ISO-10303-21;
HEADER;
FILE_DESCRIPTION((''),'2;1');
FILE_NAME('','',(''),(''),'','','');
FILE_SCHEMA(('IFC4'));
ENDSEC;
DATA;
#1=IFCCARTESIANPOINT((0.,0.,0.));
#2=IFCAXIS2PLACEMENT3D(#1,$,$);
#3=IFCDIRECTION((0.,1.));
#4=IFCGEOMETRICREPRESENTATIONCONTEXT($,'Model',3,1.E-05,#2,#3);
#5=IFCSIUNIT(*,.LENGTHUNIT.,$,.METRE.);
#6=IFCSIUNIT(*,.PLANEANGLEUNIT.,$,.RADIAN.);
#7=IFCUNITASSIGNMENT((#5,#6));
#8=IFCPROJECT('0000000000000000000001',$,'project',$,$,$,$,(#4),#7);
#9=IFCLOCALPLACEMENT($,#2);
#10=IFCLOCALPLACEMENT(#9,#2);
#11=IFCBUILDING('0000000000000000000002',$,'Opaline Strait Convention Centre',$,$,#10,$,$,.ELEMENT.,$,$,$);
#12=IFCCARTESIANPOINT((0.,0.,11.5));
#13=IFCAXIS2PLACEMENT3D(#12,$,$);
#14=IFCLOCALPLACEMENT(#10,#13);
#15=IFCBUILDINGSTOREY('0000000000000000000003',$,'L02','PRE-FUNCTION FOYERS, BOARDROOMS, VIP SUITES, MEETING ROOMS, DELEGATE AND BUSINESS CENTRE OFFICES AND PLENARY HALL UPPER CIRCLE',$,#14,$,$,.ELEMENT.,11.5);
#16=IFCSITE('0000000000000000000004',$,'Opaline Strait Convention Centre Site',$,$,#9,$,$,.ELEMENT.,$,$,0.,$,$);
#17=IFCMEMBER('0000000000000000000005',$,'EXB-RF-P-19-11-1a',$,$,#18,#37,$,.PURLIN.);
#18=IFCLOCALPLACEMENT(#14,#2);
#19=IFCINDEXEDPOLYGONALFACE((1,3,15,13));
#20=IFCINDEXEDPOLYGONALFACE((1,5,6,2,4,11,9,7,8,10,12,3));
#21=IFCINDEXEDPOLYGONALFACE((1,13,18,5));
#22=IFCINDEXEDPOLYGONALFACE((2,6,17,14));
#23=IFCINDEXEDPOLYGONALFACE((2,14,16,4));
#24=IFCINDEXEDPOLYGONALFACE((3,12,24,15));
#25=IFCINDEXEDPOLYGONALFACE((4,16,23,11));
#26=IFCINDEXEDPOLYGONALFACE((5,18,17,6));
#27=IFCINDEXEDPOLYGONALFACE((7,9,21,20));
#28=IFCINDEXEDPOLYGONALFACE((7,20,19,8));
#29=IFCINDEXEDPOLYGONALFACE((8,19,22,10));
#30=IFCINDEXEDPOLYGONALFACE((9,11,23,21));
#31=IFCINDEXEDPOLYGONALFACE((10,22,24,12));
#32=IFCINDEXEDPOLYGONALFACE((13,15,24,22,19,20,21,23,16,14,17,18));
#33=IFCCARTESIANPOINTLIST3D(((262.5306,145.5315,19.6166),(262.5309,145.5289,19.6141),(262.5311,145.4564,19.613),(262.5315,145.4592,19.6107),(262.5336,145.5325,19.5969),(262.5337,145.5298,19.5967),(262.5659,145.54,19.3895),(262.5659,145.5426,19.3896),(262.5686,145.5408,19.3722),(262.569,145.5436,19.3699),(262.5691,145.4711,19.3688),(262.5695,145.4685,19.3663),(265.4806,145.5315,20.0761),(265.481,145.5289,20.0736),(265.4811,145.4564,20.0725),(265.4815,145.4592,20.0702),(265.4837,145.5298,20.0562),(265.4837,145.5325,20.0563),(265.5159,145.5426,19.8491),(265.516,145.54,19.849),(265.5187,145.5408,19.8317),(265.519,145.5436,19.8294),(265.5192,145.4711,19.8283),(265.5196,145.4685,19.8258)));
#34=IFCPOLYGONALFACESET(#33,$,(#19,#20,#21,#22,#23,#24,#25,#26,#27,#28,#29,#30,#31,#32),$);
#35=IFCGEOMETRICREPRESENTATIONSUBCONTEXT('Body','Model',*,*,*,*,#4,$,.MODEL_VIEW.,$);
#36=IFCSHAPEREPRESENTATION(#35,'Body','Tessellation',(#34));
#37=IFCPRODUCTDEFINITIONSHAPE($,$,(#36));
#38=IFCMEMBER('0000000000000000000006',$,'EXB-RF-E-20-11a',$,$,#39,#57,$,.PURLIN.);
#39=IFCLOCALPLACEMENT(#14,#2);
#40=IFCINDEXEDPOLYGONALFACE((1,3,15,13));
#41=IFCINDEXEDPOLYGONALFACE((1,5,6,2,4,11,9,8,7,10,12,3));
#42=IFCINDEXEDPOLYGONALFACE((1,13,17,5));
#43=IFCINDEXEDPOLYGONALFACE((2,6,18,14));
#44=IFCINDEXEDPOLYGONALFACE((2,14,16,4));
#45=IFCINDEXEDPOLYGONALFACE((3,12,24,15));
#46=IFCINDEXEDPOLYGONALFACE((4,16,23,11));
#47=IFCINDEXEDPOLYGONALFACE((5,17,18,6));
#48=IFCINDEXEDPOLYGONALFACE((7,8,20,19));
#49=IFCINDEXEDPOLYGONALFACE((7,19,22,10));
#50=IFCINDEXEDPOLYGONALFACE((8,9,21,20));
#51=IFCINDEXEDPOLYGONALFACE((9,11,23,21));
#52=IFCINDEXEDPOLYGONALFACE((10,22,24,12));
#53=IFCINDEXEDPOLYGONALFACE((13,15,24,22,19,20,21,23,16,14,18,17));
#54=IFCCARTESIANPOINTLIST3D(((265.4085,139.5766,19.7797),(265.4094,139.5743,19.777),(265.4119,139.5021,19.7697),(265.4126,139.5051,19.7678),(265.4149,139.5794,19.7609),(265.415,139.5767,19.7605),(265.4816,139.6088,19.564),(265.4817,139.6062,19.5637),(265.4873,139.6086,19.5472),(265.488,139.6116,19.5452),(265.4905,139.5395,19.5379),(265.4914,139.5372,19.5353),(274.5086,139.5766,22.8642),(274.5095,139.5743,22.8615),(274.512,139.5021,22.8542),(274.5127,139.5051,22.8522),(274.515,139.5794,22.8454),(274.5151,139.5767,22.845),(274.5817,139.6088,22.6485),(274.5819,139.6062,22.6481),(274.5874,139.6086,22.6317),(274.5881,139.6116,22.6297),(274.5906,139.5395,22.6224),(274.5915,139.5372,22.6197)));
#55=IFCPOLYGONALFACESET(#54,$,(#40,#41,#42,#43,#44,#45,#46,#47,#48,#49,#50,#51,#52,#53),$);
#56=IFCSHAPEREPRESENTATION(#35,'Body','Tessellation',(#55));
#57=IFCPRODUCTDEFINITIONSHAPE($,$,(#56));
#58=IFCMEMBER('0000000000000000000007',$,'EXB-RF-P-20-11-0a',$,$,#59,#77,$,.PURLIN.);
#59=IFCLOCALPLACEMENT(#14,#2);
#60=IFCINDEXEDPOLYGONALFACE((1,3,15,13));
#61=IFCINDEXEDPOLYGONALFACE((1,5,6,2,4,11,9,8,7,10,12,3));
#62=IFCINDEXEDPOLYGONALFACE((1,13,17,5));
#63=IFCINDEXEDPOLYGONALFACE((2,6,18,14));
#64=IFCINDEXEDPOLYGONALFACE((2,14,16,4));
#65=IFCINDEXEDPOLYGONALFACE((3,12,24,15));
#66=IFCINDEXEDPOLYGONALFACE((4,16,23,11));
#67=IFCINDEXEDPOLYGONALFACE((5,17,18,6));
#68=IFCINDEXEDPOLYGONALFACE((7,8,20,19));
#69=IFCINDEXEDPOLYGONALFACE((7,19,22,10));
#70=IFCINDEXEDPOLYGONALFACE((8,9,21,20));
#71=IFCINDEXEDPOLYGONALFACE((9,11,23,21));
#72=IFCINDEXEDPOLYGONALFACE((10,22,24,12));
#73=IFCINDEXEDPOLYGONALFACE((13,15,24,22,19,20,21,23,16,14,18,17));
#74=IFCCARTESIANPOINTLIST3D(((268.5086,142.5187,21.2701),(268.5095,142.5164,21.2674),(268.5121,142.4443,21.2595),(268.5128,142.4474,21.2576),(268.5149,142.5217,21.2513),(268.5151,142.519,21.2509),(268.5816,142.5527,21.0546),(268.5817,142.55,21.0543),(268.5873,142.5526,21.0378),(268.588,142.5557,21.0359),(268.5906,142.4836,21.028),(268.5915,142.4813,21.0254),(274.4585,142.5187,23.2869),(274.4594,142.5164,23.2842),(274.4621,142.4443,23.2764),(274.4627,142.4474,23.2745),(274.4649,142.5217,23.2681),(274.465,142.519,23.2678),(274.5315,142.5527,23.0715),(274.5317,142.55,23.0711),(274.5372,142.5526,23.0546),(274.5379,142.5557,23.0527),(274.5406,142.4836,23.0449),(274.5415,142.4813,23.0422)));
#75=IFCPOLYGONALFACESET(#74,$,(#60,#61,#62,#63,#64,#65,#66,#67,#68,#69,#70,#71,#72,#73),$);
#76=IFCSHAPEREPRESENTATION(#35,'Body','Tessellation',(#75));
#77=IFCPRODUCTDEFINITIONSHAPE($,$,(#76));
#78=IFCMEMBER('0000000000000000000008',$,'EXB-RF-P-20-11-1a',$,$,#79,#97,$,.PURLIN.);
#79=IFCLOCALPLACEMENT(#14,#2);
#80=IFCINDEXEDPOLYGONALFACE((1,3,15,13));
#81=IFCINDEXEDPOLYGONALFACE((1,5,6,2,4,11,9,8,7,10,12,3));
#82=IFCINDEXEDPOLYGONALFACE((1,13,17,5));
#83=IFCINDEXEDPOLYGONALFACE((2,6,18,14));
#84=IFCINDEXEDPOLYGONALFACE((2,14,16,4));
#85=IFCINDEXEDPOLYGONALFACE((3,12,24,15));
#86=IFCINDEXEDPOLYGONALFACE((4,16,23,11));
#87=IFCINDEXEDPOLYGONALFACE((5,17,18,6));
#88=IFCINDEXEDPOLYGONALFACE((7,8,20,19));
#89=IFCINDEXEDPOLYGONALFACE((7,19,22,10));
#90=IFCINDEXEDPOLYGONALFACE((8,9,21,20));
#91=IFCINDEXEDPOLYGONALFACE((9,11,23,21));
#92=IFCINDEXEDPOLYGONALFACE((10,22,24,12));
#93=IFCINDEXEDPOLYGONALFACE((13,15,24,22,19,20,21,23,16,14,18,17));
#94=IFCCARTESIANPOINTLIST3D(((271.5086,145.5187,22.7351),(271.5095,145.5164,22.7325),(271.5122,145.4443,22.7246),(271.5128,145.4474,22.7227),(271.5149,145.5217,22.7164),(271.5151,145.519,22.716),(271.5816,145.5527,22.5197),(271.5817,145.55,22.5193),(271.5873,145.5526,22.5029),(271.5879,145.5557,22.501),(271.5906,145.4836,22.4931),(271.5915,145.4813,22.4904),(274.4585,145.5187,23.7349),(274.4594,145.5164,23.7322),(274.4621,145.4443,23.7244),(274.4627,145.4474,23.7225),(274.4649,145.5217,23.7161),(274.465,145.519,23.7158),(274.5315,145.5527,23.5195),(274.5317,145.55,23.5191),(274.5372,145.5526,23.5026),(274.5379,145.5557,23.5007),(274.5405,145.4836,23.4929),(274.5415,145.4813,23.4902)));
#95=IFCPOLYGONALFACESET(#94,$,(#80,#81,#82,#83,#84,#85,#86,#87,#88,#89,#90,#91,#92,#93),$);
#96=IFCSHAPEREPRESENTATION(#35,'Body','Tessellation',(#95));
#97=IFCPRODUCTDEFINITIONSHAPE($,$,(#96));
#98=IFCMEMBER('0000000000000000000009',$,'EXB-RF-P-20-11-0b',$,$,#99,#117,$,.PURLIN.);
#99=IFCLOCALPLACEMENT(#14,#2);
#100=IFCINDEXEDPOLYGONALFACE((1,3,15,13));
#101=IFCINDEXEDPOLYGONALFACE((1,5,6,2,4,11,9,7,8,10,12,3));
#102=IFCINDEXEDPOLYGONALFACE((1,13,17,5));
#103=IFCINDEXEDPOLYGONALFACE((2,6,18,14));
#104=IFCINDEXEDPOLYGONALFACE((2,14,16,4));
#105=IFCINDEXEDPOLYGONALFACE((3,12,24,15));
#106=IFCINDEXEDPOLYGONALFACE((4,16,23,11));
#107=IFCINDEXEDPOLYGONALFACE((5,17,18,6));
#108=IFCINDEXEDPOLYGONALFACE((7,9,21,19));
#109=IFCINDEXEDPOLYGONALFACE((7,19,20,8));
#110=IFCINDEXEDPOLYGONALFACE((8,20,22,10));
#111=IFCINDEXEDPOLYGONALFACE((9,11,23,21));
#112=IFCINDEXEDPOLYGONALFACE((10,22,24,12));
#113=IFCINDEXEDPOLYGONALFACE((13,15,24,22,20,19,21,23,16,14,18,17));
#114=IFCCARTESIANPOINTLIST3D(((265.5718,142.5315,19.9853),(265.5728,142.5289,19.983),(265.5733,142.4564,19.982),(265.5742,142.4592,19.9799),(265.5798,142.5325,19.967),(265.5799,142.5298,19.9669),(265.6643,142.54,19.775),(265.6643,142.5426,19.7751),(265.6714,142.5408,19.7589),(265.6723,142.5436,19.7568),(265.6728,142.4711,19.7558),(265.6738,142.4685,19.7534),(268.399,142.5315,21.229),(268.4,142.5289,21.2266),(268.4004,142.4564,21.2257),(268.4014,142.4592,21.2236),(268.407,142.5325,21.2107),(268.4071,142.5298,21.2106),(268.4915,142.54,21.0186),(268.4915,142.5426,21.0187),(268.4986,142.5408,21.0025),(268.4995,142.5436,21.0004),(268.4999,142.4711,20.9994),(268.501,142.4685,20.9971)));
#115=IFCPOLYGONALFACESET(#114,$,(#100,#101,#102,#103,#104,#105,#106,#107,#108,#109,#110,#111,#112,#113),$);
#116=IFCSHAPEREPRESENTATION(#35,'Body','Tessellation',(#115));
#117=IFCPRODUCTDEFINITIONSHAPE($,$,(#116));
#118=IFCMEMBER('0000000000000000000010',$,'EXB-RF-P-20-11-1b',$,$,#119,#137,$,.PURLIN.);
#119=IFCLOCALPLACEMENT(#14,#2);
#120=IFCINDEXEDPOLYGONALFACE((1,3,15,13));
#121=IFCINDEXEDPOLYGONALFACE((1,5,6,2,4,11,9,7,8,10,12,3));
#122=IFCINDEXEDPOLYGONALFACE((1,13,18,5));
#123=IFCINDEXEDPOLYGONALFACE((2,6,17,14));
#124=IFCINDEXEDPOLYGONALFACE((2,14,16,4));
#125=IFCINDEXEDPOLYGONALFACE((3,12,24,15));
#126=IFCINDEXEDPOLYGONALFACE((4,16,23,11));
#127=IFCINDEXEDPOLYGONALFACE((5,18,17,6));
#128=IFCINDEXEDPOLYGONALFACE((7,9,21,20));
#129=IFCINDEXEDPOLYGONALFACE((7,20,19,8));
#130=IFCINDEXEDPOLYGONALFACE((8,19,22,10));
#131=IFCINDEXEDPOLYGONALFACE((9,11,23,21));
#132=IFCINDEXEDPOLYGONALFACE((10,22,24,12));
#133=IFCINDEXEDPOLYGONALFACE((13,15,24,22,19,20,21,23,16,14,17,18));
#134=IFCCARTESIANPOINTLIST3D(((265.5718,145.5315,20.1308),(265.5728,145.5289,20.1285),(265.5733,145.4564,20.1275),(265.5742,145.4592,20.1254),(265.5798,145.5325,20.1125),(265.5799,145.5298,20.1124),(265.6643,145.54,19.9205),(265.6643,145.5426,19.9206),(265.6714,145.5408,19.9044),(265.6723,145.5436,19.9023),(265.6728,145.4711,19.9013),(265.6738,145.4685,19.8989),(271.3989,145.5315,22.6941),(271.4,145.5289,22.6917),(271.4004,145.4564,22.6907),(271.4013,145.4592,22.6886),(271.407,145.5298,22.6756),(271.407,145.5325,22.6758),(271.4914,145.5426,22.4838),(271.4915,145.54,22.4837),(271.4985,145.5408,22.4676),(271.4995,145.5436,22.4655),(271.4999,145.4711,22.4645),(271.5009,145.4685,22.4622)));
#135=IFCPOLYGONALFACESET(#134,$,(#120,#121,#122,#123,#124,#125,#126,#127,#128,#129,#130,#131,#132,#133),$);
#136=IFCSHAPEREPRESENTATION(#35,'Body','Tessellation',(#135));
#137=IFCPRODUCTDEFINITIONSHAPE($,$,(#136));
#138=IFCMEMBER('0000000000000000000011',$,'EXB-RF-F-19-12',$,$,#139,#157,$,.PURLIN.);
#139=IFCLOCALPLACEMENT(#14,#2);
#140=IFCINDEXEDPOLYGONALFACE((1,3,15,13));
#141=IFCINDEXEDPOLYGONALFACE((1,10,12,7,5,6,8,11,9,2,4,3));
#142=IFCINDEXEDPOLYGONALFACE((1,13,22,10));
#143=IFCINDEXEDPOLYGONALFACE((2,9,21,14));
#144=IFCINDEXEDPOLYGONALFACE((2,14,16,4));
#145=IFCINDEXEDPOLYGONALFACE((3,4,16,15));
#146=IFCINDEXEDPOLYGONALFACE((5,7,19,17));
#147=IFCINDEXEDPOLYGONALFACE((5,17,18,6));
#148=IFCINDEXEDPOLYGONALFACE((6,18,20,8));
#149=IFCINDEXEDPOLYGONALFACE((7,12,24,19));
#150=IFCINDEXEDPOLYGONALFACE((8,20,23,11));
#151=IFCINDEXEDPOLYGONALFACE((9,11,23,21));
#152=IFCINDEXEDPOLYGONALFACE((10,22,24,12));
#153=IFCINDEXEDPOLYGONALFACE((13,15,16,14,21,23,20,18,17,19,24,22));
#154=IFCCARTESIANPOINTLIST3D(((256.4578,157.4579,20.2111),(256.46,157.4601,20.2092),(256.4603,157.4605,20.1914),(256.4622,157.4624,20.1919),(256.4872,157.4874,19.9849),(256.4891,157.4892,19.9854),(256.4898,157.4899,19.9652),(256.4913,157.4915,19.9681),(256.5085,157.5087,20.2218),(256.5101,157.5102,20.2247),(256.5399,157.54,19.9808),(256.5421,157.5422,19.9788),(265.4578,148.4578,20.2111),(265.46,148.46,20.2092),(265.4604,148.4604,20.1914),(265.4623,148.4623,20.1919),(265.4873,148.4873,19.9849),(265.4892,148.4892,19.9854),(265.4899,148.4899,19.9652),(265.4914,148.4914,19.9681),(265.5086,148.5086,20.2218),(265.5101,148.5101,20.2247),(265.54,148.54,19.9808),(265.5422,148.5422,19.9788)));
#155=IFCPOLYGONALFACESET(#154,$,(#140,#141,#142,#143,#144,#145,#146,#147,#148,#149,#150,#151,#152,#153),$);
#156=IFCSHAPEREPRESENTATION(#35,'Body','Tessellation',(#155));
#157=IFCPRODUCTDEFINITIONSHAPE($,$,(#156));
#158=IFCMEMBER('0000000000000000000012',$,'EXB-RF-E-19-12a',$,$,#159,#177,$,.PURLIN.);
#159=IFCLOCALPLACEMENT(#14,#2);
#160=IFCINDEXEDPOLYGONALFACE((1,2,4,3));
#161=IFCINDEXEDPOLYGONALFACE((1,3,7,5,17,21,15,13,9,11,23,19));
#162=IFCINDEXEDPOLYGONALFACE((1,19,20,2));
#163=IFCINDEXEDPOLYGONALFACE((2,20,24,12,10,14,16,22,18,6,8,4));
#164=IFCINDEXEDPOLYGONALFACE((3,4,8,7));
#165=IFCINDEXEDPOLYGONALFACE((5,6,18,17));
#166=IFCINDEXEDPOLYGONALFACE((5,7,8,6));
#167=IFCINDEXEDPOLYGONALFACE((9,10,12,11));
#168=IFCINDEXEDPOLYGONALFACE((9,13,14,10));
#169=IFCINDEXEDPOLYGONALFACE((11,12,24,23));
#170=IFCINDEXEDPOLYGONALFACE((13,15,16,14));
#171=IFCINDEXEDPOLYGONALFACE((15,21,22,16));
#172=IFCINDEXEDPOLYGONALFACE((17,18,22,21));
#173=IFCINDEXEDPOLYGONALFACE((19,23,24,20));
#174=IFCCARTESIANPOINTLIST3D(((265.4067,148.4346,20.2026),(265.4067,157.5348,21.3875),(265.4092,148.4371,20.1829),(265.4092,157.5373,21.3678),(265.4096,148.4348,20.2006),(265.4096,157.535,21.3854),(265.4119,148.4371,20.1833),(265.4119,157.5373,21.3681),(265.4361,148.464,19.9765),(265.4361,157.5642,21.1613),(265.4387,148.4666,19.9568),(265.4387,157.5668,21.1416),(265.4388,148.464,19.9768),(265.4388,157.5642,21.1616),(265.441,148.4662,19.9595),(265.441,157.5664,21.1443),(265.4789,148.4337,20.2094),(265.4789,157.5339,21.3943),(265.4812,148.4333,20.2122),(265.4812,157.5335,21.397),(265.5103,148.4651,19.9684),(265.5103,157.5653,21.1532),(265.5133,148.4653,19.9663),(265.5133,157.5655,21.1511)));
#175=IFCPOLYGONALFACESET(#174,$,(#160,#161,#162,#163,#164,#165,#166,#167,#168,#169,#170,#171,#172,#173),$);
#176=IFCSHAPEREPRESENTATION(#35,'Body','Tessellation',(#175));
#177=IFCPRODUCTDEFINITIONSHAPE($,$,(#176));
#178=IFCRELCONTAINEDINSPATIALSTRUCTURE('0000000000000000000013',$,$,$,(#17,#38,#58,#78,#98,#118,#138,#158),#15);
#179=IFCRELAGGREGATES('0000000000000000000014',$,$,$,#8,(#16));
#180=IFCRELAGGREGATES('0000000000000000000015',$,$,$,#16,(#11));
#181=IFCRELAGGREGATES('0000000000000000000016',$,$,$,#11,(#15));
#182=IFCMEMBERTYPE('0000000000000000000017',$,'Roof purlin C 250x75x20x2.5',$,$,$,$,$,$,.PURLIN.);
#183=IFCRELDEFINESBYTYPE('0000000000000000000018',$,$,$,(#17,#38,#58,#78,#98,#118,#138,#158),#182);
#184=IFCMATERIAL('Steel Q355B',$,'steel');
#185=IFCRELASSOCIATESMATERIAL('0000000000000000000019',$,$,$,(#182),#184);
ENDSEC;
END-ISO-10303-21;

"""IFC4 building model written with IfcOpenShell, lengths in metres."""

from ifc_helpers import new_model, si_unit, direction, frame, origin, place, context, subcontext, project, spatial, polyline, outline, extrude, material, material_profile, profile_set, type_object, element, save


model = new_model("IFC4")

# Units and contexts
model_context = context("Model", 3, precision=1e-05, world=origin(), true_north=direction((0.0, 1.0)))
body_context = subcontext(model_context, "Body", "Model", "MODEL_VIEW")
ifc_project = project(units=[si_unit("LENGTHUNIT", "METRE"), si_unit("PLANEANGLEUNIT", "RADIAN")], contexts=[model_context])

# Site, building, storey
site_placement = place(None, origin())
site = spatial("IfcSite", under=ifc_project, at=site_placement, Name="Opaline Strait Convention Centre Site", CompositionType="ELEMENT", RefElevation=0.0)
building_placement = place(site_placement, origin())
building = spatial("IfcBuilding", under=site, at=building_placement, Name="Opaline Strait Convention Centre", CompositionType="ELEMENT")
storey_placement = place(building_placement, frame((0.0, 0.0, 11.5)))
storey = spatial("IfcBuildingStorey", under=building, at=storey_placement, Name="L02", Description="PRE-FUNCTION FOYERS, BOARDROOMS, VIP SUITES, MEETING ROOMS, DELEGATE AND BUSINESS CENTRE OFFICES AND PLENARY HALL UPPER CIRCLE", CompositionType="ELEMENT", Elevation=11.5)

# Members
ifc_material_1 = material(Name="Steel Q355B", Category="steel")
ifc_material_profile_1 = material_profile(ifc_material_1, outline(polyline([(-0.0376, -0.125), (0.0376, -0.125), (0.0376, -0.105), (0.0349, -0.105), (0.0349, -0.1226), (-0.0349, -0.1226), (-0.0349, 0.1226), (0.0349, 0.1226), (0.0349, 0.105), (0.0376, 0.105), (0.0376, 0.125), (-0.0376, 0.125), (-0.0376, -0.125)])), Name="C 250x75x20x2.5")
ifc_profile_set_1 = profile_set([ifc_material_profile_1], Name="Steel Q355B")
member_type_1 = type_object("IfcMemberType", Name="Roof purlin C 250x75x20x2.5", PredefinedType="PURLIN", material=ifc_profile_set_1)
member_1_placement = place(storey_placement, frame((262.55, 145.5, 19.4915), z_axis=(0.988086, 0.0, 0.1539), x_axis=(-0.007454, 0.998826, 0.047856)))
element("IfcMember", 1, at=member_1_placement, inside=storey, type_object=member_type_1, Name="EXB-RF-P-19-11-1a", PredefinedType="PURLIN", context=body_context, shape_type="SweptSolid", body=[
    extrude(outline(polyline([(-0.0376, -0.125), (0.0376, -0.125), (0.0376, -0.105), (0.0349, -0.105), (0.0349, -0.1226), (-0.0349, -0.1226), (-0.0349, 0.1226), (0.0349, 0.1226), (0.0349, 0.105), (0.0376, 0.105), (0.0376, 0.125), (-0.0376, 0.125), (-0.0376, -0.125)])), origin(), (0.0, 0.0, 1.0), 2.9856),
])
member_2_placement = place(storey_placement, frame((265.45, 139.5569, 19.6575), z_axis=(0.947076, 0.0, 0.321011), x_axis=(-0.044975, 0.990137, 0.132688)))
element("IfcMember", 2, at=member_2_placement, inside=storey, type_object=member_type_1, Name="EXB-RF-E-20-11a", PredefinedType="PURLIN", context=body_context, shape_type="SweptSolid", body=[
    extrude(outline(polyline([(-0.0376, -0.125), (0.0376, -0.125), (0.0376, -0.105), (0.0349, -0.105), (0.0349, -0.1226), (-0.0349, -0.1226), (-0.0349, 0.1226), (0.0349, 0.1226), (0.0349, 0.105), (0.0376, 0.105), (0.0376, 0.125), (-0.0376, 0.125), (-0.0376, -0.125)])), origin(), (0.0, 0.0, 1.0), 9.6086),
])
member_3_placement = place(storey_placement, frame((268.55, 142.5, 21.1477), z_axis=(0.94707, 0.0, 0.321027), x_axis=(-0.047437, 0.989022, 0.139945)))
element("IfcMember", 3, at=member_3_placement, inside=storey, type_object=member_type_1, Name="EXB-RF-P-20-11-0a", PredefinedType="PURLIN", context=body_context, shape_type="SweptSolid", body=[
    extrude(outline(polyline([(-0.0376, -0.125), (0.0376, -0.125), (0.0376, -0.105), (0.0349, -0.105), (0.0349, -0.1226), (-0.0349, -0.1226), (-0.0349, 0.1226), (0.0349, 0.1226), (0.0349, 0.105), (0.0376, 0.105), (0.0376, 0.125), (-0.0376, 0.125), (-0.0376, -0.125)])), origin(), (0.0, 0.0, 1.0), 6.2825),
])
member_4_placement = place(storey_placement, frame((271.55, 145.5, 22.6128), z_axis=(0.947088, 0.0, 0.320974), x_axis=(-0.047429, 0.989022, 0.139948)))
element("IfcMember", 4, at=member_4_placement, inside=storey, type_object=member_type_1, Name="EXB-RF-P-20-11-1a", PredefinedType="PURLIN", context=body_context, shape_type="SweptSolid", body=[
    extrude(outline(polyline([(-0.0376, -0.125), (0.0376, -0.125), (0.0376, -0.105), (0.0349, -0.105), (0.0349, -0.1226), (-0.0349, -0.1226), (-0.0349, 0.1226), (0.0349, 0.1226), (0.0349, 0.105), (0.0376, 0.105), (0.0376, 0.125), (-0.0376, 0.125), (-0.0376, -0.125)])), origin(), (0.0, 0.0, 1.0), 3.1147),
])
member_5_placement = place(storey_placement, frame((265.6228, 142.5, 19.8694), z_axis=(0.91535, 0.0, 0.402659), x_axis=(-0.019502, 0.998826, 0.044333)))
element("IfcMember", 5, at=member_5_placement, inside=storey, type_object=member_type_1, Name="EXB-RF-P-20-11-0b", PredefinedType="PURLIN", context=body_context, shape_type="SweptSolid", body=[
    extrude(outline(polyline([(-0.0376, -0.125), (0.0376, -0.125), (0.0376, -0.105), (0.0349, -0.105), (0.0349, -0.1226), (-0.0349, -0.1226), (-0.0349, 0.1226), (0.0349, 0.1226), (0.0349, 0.105), (0.0376, 0.105), (0.0376, 0.125), (-0.0376, 0.125), (-0.0376, -0.125)])), origin(), (0.0, 0.0, 1.0), 3.0886),
])
member_6_placement = place(storey_placement, frame((265.6228, 145.5, 20.0149), z_axis=(0.915356, 0.0, 0.402645), x_axis=(-0.019501, 0.998826, 0.044334)))
element("IfcMember", 6, at=member_6_placement, inside=storey, type_object=member_type_1, Name="EXB-RF-P-20-11-1b", PredefinedType="PURLIN", context=body_context, shape_type="SweptSolid", body=[
    extrude(outline(polyline([(-0.0376, -0.125), (0.0376, -0.125), (0.0376, -0.105), (0.0349, -0.105), (0.0349, -0.1226), (-0.0349, -0.1226), (-0.0349, 0.1226), (0.0349, 0.1226), (0.0349, 0.105), (0.0376, 0.105), (0.0376, 0.125), (-0.0376, 0.125), (-0.0376, -0.125)])), origin(), (0.0, 0.0, 1.0), 6.366),
])
member_7_placement = place(storey_placement, frame((265.5, 148.5, 20.095), z_axis=(-0.707107, 0.707107, 0.0), x_axis=(-0.695419, -0.695419, -0.181067)))
element("IfcMember", 7, at=member_7_placement, inside=storey, type_object=member_type_1, Name="EXB-RF-F-19-12", PredefinedType="PURLIN", context=body_context, shape_type="SweptSolid", body=[
    extrude(outline(polyline([(-0.0376, -0.125), (0.0376, -0.125), (0.0376, -0.105), (0.0349, -0.105), (0.0349, -0.1226), (-0.0349, -0.1226), (-0.0349, 0.1226), (0.0349, 0.1226), (0.0349, 0.105), (0.0376, 0.105), (0.0376, 0.125), (-0.0376, 0.125), (-0.0376, -0.125)])), origin(), (0.0, 0.0, 1.0), 12.728),
])
member_8_placement = place(storey_placement, frame((265.46, 148.45, 20.0845), z_axis=(0.0, 0.99163, 0.129108), x_axis=(-0.99177, 0.01653, -0.126961)))
element("IfcMember", 8, at=member_8_placement, inside=storey, type_object=member_type_1, Name="EXB-RF-E-19-12a", PredefinedType="PURLIN", context=body_context, shape_type="SweptSolid", body=[
    extrude(outline(polyline([(-0.0376, -0.125), (0.0376, -0.125), (0.0376, -0.105), (0.0349, -0.105), (0.0349, -0.1226), (-0.0349, -0.1226), (-0.0349, 0.1226), (0.0349, 0.1226), (0.0349, 0.105), (0.0376, 0.105), (0.0376, 0.125), (-0.0376, 0.125), (-0.0376, -0.125)])), origin(), (0.0, 0.0, 1.0), 9.177),
])

save(model, "model.ifc")
